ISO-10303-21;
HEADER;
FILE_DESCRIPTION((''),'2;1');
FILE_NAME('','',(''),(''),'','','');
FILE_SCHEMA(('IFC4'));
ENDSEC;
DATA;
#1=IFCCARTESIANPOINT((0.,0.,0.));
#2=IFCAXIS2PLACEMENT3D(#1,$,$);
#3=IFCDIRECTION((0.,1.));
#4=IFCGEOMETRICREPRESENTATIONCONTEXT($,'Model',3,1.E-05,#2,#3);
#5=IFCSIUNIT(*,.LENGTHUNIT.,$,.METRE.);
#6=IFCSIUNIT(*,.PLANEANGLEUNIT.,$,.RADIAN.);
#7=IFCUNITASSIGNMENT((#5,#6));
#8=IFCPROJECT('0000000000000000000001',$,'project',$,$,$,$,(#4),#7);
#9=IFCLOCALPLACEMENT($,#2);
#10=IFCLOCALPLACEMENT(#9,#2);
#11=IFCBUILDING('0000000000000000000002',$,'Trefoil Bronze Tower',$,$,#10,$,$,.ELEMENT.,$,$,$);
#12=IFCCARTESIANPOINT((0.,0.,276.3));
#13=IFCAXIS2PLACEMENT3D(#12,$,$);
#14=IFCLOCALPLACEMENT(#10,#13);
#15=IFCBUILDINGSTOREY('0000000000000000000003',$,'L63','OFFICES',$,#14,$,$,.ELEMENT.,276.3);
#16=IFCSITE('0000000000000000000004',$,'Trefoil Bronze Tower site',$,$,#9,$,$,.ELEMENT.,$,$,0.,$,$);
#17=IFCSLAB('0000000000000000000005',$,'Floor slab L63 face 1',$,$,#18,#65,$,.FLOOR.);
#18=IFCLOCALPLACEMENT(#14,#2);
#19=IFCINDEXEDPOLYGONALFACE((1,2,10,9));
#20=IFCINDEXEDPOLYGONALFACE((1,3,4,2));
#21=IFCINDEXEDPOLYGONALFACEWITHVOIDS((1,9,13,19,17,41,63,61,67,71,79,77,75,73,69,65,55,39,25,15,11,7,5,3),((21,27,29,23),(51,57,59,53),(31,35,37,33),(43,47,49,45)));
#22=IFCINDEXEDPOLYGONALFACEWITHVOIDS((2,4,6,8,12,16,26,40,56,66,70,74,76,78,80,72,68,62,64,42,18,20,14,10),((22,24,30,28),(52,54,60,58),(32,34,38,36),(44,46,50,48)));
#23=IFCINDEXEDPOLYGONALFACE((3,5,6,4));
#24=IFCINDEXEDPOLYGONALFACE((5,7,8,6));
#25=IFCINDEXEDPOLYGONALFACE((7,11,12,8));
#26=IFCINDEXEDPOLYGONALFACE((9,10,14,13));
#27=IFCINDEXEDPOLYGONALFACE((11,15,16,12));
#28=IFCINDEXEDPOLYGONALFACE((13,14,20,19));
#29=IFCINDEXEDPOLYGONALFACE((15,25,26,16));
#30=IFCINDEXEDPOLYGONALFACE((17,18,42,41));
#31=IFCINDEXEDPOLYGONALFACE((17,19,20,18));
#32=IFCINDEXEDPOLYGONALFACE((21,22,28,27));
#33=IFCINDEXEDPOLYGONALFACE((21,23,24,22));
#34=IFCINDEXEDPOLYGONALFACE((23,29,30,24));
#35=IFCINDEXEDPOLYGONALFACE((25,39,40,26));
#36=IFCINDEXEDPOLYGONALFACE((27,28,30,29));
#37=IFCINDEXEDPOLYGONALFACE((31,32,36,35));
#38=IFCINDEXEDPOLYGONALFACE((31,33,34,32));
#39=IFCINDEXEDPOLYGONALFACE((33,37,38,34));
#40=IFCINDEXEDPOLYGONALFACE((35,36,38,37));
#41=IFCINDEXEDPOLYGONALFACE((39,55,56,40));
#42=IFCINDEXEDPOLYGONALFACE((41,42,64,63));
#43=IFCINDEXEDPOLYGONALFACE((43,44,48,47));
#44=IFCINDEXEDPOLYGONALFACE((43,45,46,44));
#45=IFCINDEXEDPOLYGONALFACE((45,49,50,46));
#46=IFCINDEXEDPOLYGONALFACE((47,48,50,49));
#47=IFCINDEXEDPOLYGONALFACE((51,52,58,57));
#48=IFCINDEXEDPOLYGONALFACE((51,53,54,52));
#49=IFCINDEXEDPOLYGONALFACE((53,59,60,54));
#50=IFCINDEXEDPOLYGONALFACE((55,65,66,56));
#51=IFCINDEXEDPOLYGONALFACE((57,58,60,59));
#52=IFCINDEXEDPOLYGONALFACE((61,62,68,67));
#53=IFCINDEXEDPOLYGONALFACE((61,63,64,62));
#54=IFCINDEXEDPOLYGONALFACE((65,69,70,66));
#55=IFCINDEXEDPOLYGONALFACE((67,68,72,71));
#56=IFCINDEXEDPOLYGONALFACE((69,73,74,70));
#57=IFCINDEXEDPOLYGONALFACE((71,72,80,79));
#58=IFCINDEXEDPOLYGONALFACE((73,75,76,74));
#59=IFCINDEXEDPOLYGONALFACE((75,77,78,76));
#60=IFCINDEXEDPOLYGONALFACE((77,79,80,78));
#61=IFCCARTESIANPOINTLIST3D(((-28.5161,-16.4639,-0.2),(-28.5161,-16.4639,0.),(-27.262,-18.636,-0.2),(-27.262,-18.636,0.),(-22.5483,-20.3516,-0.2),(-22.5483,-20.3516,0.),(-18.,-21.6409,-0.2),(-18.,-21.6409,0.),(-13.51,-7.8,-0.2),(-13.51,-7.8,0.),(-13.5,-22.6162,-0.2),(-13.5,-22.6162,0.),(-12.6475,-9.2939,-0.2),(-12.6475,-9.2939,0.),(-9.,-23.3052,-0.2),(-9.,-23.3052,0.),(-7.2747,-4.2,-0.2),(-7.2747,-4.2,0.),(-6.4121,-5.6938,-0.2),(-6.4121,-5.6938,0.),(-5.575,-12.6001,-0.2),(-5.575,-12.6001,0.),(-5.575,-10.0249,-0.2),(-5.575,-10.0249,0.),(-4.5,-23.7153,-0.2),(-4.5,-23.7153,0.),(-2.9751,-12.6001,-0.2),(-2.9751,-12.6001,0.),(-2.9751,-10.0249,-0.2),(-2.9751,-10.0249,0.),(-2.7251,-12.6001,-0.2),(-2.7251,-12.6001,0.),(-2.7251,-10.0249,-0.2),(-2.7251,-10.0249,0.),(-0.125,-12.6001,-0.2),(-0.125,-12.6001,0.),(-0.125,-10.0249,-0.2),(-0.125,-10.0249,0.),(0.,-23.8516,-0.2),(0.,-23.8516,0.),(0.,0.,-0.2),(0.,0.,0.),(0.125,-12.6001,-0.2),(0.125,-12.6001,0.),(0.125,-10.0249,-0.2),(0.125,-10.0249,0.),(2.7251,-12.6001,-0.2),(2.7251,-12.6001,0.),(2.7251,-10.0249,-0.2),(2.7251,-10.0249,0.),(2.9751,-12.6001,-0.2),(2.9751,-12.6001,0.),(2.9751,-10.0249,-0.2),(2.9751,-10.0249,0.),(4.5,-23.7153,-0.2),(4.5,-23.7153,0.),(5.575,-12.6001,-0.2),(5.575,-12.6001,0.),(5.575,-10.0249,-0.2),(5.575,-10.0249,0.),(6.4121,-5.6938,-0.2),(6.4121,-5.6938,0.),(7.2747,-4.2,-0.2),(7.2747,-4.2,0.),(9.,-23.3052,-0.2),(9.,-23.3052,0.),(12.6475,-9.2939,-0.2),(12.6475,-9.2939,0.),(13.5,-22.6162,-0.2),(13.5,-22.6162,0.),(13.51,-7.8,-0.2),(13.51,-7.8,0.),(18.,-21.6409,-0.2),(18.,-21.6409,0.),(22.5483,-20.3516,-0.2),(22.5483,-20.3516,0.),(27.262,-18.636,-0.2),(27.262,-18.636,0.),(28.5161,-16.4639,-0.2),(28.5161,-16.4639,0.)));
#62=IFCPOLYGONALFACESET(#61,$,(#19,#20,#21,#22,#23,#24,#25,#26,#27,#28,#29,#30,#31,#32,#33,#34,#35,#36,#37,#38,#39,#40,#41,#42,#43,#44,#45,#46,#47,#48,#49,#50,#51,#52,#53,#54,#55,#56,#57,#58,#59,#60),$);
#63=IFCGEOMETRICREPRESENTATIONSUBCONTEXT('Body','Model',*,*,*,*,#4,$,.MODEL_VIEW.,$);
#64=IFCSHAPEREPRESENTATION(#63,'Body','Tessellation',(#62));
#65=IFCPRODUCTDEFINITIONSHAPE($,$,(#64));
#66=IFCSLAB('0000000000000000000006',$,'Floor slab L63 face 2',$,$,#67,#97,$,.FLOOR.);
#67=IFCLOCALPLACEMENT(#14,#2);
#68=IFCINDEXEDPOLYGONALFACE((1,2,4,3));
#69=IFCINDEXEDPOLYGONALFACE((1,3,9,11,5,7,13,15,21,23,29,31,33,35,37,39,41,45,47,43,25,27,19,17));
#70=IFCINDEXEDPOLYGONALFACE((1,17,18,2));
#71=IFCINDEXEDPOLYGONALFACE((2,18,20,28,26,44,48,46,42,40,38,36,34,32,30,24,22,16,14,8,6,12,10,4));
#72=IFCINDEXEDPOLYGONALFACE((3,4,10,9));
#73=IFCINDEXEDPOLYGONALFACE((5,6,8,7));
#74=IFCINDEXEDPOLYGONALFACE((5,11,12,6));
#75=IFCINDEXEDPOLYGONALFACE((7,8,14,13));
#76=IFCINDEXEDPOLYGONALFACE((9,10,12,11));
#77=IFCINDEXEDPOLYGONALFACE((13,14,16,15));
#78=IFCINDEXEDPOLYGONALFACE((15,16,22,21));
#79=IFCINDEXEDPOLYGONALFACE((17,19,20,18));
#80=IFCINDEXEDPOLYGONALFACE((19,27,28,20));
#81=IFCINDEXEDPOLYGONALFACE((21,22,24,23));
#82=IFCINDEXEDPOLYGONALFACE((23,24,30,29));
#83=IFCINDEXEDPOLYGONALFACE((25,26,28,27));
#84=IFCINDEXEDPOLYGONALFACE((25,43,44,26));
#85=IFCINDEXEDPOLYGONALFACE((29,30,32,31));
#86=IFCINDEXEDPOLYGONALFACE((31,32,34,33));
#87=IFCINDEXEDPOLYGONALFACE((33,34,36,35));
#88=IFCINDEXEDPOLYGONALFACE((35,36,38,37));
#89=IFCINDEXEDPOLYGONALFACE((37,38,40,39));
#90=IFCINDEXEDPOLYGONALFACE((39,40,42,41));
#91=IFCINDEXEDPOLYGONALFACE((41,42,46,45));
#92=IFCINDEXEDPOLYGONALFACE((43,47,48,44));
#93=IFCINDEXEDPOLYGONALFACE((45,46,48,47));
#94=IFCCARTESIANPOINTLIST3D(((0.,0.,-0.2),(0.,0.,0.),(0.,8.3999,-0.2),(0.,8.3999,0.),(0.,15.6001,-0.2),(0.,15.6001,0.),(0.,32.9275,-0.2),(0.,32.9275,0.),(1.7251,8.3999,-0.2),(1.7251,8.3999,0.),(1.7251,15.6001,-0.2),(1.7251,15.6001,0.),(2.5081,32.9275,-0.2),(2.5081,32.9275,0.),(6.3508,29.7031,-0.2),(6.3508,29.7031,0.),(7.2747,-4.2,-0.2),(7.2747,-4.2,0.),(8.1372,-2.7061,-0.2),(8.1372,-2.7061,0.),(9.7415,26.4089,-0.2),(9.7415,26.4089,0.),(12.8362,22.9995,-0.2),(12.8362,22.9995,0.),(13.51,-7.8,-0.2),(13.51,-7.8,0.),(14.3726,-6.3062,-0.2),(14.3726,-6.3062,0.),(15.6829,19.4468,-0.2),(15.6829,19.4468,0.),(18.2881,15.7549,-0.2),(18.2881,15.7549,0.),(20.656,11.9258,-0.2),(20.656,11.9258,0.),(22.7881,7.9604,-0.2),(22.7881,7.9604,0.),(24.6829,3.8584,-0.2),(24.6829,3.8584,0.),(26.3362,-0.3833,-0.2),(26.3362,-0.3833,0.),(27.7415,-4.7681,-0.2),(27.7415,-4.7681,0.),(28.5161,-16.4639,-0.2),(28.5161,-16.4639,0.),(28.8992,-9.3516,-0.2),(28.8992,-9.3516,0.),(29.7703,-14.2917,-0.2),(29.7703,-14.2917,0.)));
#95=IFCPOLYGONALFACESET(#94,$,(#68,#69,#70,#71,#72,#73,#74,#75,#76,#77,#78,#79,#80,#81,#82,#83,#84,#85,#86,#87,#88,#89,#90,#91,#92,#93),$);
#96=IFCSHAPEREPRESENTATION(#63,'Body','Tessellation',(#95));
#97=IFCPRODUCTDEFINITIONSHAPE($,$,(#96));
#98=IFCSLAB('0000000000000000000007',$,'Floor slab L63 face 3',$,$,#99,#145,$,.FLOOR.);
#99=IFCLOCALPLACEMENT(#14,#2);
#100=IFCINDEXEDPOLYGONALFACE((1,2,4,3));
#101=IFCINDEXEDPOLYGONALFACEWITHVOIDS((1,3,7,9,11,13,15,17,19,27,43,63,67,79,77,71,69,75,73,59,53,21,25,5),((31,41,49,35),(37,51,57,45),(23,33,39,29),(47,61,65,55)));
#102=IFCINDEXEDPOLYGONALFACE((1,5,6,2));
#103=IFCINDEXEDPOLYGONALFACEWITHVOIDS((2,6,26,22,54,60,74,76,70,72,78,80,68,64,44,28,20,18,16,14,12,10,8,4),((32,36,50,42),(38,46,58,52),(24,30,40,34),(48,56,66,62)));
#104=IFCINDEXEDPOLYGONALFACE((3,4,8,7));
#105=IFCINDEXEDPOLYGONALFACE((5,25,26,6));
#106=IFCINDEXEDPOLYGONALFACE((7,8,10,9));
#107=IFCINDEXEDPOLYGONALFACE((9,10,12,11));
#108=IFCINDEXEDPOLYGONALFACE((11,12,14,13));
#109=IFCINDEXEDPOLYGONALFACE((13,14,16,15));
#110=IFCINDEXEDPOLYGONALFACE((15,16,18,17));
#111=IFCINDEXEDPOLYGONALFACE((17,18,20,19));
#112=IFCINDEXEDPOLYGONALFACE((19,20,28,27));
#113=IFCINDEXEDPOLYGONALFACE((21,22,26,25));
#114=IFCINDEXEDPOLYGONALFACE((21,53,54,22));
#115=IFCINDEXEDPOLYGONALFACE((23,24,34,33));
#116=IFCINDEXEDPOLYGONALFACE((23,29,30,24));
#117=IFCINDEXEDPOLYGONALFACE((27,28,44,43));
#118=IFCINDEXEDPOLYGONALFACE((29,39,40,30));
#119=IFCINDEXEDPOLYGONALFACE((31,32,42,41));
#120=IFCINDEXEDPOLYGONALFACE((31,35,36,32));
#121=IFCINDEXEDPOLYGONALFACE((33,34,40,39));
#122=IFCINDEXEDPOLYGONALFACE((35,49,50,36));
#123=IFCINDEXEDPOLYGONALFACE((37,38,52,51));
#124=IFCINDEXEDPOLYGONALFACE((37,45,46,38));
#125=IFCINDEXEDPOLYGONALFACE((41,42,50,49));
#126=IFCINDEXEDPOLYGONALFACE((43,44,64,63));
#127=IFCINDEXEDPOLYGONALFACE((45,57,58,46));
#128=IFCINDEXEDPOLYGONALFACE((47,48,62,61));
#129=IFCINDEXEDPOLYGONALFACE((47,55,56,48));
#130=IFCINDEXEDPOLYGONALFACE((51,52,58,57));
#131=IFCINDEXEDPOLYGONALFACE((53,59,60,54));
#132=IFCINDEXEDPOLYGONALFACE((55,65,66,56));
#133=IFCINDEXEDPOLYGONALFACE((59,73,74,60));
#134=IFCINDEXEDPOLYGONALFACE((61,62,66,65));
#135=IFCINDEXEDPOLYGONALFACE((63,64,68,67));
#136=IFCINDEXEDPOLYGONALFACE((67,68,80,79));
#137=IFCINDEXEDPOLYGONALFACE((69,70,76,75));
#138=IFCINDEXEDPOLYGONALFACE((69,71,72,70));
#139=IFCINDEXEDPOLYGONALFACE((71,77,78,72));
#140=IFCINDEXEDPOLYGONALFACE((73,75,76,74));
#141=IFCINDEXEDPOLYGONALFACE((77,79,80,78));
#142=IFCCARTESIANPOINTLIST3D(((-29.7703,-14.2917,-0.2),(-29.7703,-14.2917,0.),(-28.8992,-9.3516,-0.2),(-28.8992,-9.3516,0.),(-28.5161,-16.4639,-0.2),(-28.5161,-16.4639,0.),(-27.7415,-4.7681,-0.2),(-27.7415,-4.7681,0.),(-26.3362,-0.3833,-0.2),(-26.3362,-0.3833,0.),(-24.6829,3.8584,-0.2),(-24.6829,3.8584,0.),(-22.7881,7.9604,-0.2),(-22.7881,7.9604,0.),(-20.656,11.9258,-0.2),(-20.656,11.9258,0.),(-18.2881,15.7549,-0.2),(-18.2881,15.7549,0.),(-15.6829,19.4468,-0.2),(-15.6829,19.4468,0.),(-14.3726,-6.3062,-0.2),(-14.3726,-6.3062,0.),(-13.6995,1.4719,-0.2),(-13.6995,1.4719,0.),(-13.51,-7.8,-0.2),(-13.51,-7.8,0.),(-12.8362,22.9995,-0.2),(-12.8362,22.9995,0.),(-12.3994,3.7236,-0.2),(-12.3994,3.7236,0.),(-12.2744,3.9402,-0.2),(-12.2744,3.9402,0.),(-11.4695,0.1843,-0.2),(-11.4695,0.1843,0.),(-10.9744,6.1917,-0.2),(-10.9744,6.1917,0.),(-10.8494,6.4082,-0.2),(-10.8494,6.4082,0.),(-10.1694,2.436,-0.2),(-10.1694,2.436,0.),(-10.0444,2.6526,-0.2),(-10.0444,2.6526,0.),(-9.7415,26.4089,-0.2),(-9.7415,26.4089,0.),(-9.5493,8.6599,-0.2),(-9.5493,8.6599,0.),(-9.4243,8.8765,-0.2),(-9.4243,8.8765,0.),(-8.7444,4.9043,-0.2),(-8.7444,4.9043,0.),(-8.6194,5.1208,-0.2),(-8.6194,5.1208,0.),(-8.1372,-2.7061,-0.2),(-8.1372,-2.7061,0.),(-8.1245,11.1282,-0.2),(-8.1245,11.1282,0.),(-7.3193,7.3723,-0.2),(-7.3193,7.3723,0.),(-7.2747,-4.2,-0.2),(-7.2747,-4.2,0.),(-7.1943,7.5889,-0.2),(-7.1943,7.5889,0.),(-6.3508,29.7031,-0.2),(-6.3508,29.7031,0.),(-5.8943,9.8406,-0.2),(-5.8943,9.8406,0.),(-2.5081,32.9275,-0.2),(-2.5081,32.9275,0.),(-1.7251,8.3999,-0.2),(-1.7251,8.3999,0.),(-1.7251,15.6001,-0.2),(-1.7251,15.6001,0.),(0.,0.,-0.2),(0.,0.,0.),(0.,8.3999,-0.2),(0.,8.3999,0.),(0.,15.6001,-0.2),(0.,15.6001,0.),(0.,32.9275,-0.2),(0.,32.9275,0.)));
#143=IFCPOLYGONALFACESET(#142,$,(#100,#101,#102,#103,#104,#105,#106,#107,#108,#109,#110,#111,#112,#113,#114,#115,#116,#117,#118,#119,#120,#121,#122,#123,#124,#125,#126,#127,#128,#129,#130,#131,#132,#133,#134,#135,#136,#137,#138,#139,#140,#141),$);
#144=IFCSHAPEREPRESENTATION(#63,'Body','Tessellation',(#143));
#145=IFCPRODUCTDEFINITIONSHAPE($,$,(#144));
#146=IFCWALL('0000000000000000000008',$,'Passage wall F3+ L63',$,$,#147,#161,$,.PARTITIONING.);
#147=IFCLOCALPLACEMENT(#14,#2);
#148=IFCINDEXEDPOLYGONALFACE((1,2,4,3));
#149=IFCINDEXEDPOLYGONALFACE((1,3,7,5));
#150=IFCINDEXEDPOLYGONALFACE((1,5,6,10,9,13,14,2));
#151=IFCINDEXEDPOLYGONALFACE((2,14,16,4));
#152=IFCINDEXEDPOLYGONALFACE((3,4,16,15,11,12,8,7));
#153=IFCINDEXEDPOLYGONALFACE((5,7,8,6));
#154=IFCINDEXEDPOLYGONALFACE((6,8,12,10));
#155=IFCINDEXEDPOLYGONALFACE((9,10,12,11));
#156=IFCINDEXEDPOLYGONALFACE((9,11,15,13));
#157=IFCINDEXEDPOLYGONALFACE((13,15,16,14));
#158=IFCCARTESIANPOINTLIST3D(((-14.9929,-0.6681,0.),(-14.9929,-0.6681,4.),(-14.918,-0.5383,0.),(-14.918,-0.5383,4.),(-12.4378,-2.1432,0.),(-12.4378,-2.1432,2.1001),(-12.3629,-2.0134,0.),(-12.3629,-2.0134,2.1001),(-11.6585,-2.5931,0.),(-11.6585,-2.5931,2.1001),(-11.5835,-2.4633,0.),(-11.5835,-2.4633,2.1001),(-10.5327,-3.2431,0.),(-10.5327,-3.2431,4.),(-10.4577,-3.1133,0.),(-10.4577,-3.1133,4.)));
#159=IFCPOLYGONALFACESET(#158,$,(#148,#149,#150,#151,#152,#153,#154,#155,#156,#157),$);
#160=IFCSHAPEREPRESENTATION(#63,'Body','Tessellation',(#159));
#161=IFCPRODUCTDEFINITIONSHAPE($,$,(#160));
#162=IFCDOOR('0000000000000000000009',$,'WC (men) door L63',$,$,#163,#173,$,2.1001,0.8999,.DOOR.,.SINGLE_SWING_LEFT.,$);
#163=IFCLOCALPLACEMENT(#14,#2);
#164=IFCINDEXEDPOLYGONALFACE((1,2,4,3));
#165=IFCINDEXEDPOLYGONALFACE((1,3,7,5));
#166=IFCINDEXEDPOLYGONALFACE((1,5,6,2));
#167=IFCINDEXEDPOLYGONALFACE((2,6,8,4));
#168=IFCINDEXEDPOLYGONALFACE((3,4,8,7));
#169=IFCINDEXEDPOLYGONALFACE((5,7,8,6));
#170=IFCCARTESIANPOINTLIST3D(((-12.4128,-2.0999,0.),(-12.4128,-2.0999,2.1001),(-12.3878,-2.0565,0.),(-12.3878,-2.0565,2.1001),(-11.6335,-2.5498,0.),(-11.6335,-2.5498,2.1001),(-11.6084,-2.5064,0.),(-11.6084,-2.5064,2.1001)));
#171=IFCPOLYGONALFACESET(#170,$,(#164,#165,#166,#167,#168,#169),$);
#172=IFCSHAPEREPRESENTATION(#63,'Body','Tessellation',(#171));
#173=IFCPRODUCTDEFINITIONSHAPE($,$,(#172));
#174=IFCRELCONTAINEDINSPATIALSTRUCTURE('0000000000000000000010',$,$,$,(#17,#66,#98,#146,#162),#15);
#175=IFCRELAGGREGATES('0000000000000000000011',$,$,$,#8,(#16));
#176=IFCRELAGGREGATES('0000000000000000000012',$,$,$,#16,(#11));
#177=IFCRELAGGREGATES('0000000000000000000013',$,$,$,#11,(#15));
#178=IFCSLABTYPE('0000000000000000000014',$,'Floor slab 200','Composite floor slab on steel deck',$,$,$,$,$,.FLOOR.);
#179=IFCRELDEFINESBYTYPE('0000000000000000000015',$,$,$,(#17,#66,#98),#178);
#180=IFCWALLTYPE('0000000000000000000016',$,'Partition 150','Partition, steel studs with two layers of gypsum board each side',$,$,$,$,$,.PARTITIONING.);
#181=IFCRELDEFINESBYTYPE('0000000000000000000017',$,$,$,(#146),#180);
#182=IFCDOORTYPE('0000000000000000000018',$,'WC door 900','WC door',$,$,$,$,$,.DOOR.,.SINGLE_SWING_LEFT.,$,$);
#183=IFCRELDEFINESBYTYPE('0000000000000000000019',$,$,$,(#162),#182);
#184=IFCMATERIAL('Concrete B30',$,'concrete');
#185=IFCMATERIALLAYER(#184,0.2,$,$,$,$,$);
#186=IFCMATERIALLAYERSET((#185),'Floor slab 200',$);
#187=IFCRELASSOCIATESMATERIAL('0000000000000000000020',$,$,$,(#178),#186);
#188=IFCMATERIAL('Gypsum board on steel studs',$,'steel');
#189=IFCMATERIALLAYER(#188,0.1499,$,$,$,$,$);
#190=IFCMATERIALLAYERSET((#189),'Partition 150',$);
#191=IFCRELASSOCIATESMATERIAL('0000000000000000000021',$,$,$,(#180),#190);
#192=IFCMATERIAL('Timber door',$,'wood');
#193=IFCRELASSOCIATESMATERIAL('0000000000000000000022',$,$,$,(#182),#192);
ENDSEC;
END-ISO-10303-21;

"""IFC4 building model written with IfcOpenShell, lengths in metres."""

from ifc_helpers import new_model, si_unit, direction, frame, frame_2d, origin, place, context, subcontext, project, spatial, polyline, rectangle, outline, extrude, material, layer, layer_set, type_object, element, fill, save


model = new_model("IFC4")

# Units and contexts
model_context = context("Model", 3, precision=1e-05, world=origin(), true_north=direction((0.0, 1.0)))
body_context = subcontext(model_context, "Body", "Model", "MODEL_VIEW")
ifc_project = project(units=[si_unit("LENGTHUNIT", "METRE"), si_unit("PLANEANGLEUNIT", "RADIAN")], contexts=[model_context])

# Site, building, storey
site_placement = place(None, origin())
site = spatial("IfcSite", under=ifc_project, at=site_placement, Name="Trefoil Bronze Tower site", CompositionType="ELEMENT", RefElevation=0.0)
building_placement = place(site_placement, origin())
building = spatial("IfcBuilding", under=site, at=building_placement, Name="Trefoil Bronze Tower", CompositionType="ELEMENT")
storey_placement = place(building_placement, frame((0.0, 0.0, 276.3)))
storey = spatial("IfcBuildingStorey", under=building, at=storey_placement, Name="L63", Description="OFFICES", CompositionType="ELEMENT", Elevation=276.3)

# Slabs
ifc_material_1 = material(Name="Concrete B30", Category="concrete")
ifc_layer_1 = layer(ifc_material_1, 0.2)
ifc_layer_set_1 = layer_set([ifc_layer_1], Name="Floor slab 200")
slab_type = type_object("IfcSlabType", Name="Floor slab 200", Description="Composite floor slab on steel deck", PredefinedType="FLOOR", material=ifc_layer_set_1)
slab_1_placement = place(storey_placement, frame((0.0, 0.0, -0.2)))
element("IfcSlab", 1, at=slab_1_placement, inside=storey, type_object=slab_type, Name="Floor slab L63 face 1", PredefinedType="FLOOR", context=body_context, shape_type="SweptSolid", body=[
    extrude(outline(polyline([(13.5, -22.6162), (9.0, -23.3052), (4.5, -23.7153), (0.0, -23.8516), (-4.5, -23.7153), (-9.0, -23.3052), (-13.5, -22.6162), (-18.0, -21.6409), (-22.5483, -20.3516), (-27.262, -18.636), (-28.5161, -16.4639), (-13.51, -7.8), (-12.6475, -9.2939), (-6.4121, -5.6938), (-7.2747, -4.2), (0.0, 0.0), (7.2747, -4.2), (6.4121, -5.6938), (12.6475, -9.2939), (13.51, -7.8), (28.5161, -16.4639), (27.262, -18.636), (22.5483, -20.3516), (18.0, -21.6409), (13.5, -22.6162)]), holes=[polyline([(-5.575, -10.0249), (-2.9751, -10.0249), (-2.9751, -12.6001), (-5.575, -12.6001), (-5.575, -10.0249)]), polyline([(-2.7251, -10.0249), (-0.125, -10.0249), (-0.125, -12.6001), (-2.7251, -12.6001), (-2.7251, -10.0249)]), polyline([(0.125, -10.0249), (2.7251, -10.0249), (2.7251, -12.6001), (0.125, -12.6001), (0.125, -10.0249)]), polyline([(2.9751, -10.0249), (5.575, -10.0249), (5.575, -12.6001), (2.9751, -12.6001), (2.9751, -10.0249)])]), origin(), (0.0, 0.0, 1.0), 0.2),
])
slab_2_placement = place(storey_placement, frame((0.0, 0.0, -0.2)))
element("IfcSlab", 2, at=slab_2_placement, inside=storey, type_object=slab_type, Name="Floor slab L63 face 2", PredefinedType="FLOOR", context=body_context, shape_type="SweptSolid", body=[
    extrude(outline(polyline([(12.8362, 22.9995), (15.6829, 19.4468), (18.2881, 15.7549), (20.656, 11.9258), (22.7881, 7.9604), (24.6829, 3.8584), (26.3362, -0.3833), (27.7415, -4.7681), (28.8992, -9.3516), (29.7703, -14.2917), (28.5161, -16.4639), (13.51, -7.8), (14.3726, -6.3062), (8.1372, -2.7061), (7.2747, -4.2), (0.0, 0.0), (0.0, 8.3999), (1.7251, 8.3999), (1.7251, 15.6001), (0.0, 15.6001), (0.0, 32.9275), (2.5081, 32.9275), (6.3508, 29.7031), (9.7415, 26.4089), (12.8362, 22.9995)])), origin(), (0.0, 0.0, 1.0), 0.2),
])
slab_3_placement = place(storey_placement, frame((0.0, 0.0, -0.2)))
element("IfcSlab", 3, at=slab_3_placement, inside=storey, type_object=slab_type, Name="Floor slab L63 face 3", PredefinedType="FLOOR", context=body_context, shape_type="SweptSolid", body=[
    extrude(outline(polyline([(-26.3362, -0.3833), (-24.6829, 3.8584), (-22.7881, 7.9604), (-20.656, 11.9258), (-18.2881, 15.7549), (-15.6829, 19.4468), (-12.8362, 22.9995), (-9.7415, 26.4089), (-6.3508, 29.7031), (-2.5081, 32.9275), (0.0, 32.9275), (0.0, 15.6001), (-1.7251, 15.6001), (-1.7251, 8.3999), (0.0, 8.3999), (0.0, 0.0), (-7.2747, -4.2), (-8.1372, -2.7061), (-14.3726, -6.3062), (-13.51, -7.8), (-28.5161, -16.4639), (-29.7703, -14.2917), (-28.8992, -9.3516), (-27.7415, -4.7681), (-26.3362, -0.3833)]), holes=[polyline([(-5.8943, 9.8406), (-7.1943, 7.5889), (-9.4243, 8.8765), (-8.1245, 11.1282), (-5.8943, 9.8406)]), polyline([(-7.3193, 7.3723), (-8.6194, 5.1208), (-10.8494, 6.4082), (-9.5493, 8.6599), (-7.3193, 7.3723)]), polyline([(-8.7444, 4.9043), (-10.0444, 2.6526), (-12.2744, 3.9402), (-10.9744, 6.1917), (-8.7444, 4.9043)]), polyline([(-10.1694, 2.436), (-11.4695, 0.1843), (-13.6995, 1.4719), (-12.3994, 3.7236), (-10.1694, 2.436)])]), origin(), (0.0, 0.0, 1.0), 0.2),
])

# Wall, opening, door
ifc_material_2 = material(Name="Gypsum board on steel studs", Category="steel")
ifc_layer_2 = layer(ifc_material_2, 0.1499)
ifc_layer_set_2 = layer_set([ifc_layer_2], Name="Partition 150")
wall_type_1 = type_object("IfcWallType", Name="Partition 150", Description="Partition, steel studs with two layers of gypsum board each side", PredefinedType="PARTITIONING", material=ifc_layer_set_2)
wall_1_placement = place(storey_placement, frame((-10.4951, -3.1782, 0.0), z_axis=(0.0, 0.0, 1.0), x_axis=(-0.866038, 0.499978, 0.0)))
wall_1 = element("IfcWall", 4, at=wall_1_placement, inside=storey, type_object=wall_type_1, Name="Passage wall F3+ L63", PredefinedType="PARTITIONING", context=body_context, shape_type="SweptSolid", body=[
    extrude(rectangle(XDim=5.1501, YDim=0.1499, at=frame_2d((2.5752, 0.0))), origin(), (0.0, 0.0, 1.0), 4.0),
])
opening_1_placement = place(wall_1_placement, frame((1.3, 0.0, 0.0)))
opening_1 = element("IfcOpeningElement", 5, at=opening_1_placement, cuts=wall_1, PredefinedType="OPENING", context=body_context, shape_type="SweptSolid", body=[
    extrude(rectangle(XDim=0.8999, YDim=2.1001, at=frame_2d((0.45, 1.05))), frame((0.0, 0.085, 0.0), z_axis=(0.0, -1.0, 0.0), x_axis=(1.0, 0.0, 0.0)), (0.0, 0.0, 1.0), 0.1699),
])
ifc_material_3 = material(Name="Timber door", Category="wood")
door_type_1 = type_object("IfcDoorType", Name="WC door 900", Description="WC door", OperationType="SINGLE_SWING_LEFT", PredefinedType="DOOR", material=ifc_material_3)
door_1_placement = place(opening_1_placement, origin())
door_1 = element("IfcDoor", 6, at=door_1_placement, inside=storey, type_object=door_type_1, Name="WC (men) door L63", OperationType="SINGLE_SWING_LEFT", OverallHeight=2.1001, OverallWidth=0.8999, PredefinedType="DOOR", context=body_context, shape_type="SweptSolid", body=[
    extrude(rectangle(XDim=0.8999, YDim=2.1001, at=frame_2d((0.45, 1.05))), frame((0.0, 0.0249, 0.0), z_axis=(0.0, -1.0, 0.0), x_axis=(1.0, 0.0, 0.0)), (0.0, 0.0, 1.0), 0.05),
])
fill(opening_1, door_1)

save(model, "model.ifc")
